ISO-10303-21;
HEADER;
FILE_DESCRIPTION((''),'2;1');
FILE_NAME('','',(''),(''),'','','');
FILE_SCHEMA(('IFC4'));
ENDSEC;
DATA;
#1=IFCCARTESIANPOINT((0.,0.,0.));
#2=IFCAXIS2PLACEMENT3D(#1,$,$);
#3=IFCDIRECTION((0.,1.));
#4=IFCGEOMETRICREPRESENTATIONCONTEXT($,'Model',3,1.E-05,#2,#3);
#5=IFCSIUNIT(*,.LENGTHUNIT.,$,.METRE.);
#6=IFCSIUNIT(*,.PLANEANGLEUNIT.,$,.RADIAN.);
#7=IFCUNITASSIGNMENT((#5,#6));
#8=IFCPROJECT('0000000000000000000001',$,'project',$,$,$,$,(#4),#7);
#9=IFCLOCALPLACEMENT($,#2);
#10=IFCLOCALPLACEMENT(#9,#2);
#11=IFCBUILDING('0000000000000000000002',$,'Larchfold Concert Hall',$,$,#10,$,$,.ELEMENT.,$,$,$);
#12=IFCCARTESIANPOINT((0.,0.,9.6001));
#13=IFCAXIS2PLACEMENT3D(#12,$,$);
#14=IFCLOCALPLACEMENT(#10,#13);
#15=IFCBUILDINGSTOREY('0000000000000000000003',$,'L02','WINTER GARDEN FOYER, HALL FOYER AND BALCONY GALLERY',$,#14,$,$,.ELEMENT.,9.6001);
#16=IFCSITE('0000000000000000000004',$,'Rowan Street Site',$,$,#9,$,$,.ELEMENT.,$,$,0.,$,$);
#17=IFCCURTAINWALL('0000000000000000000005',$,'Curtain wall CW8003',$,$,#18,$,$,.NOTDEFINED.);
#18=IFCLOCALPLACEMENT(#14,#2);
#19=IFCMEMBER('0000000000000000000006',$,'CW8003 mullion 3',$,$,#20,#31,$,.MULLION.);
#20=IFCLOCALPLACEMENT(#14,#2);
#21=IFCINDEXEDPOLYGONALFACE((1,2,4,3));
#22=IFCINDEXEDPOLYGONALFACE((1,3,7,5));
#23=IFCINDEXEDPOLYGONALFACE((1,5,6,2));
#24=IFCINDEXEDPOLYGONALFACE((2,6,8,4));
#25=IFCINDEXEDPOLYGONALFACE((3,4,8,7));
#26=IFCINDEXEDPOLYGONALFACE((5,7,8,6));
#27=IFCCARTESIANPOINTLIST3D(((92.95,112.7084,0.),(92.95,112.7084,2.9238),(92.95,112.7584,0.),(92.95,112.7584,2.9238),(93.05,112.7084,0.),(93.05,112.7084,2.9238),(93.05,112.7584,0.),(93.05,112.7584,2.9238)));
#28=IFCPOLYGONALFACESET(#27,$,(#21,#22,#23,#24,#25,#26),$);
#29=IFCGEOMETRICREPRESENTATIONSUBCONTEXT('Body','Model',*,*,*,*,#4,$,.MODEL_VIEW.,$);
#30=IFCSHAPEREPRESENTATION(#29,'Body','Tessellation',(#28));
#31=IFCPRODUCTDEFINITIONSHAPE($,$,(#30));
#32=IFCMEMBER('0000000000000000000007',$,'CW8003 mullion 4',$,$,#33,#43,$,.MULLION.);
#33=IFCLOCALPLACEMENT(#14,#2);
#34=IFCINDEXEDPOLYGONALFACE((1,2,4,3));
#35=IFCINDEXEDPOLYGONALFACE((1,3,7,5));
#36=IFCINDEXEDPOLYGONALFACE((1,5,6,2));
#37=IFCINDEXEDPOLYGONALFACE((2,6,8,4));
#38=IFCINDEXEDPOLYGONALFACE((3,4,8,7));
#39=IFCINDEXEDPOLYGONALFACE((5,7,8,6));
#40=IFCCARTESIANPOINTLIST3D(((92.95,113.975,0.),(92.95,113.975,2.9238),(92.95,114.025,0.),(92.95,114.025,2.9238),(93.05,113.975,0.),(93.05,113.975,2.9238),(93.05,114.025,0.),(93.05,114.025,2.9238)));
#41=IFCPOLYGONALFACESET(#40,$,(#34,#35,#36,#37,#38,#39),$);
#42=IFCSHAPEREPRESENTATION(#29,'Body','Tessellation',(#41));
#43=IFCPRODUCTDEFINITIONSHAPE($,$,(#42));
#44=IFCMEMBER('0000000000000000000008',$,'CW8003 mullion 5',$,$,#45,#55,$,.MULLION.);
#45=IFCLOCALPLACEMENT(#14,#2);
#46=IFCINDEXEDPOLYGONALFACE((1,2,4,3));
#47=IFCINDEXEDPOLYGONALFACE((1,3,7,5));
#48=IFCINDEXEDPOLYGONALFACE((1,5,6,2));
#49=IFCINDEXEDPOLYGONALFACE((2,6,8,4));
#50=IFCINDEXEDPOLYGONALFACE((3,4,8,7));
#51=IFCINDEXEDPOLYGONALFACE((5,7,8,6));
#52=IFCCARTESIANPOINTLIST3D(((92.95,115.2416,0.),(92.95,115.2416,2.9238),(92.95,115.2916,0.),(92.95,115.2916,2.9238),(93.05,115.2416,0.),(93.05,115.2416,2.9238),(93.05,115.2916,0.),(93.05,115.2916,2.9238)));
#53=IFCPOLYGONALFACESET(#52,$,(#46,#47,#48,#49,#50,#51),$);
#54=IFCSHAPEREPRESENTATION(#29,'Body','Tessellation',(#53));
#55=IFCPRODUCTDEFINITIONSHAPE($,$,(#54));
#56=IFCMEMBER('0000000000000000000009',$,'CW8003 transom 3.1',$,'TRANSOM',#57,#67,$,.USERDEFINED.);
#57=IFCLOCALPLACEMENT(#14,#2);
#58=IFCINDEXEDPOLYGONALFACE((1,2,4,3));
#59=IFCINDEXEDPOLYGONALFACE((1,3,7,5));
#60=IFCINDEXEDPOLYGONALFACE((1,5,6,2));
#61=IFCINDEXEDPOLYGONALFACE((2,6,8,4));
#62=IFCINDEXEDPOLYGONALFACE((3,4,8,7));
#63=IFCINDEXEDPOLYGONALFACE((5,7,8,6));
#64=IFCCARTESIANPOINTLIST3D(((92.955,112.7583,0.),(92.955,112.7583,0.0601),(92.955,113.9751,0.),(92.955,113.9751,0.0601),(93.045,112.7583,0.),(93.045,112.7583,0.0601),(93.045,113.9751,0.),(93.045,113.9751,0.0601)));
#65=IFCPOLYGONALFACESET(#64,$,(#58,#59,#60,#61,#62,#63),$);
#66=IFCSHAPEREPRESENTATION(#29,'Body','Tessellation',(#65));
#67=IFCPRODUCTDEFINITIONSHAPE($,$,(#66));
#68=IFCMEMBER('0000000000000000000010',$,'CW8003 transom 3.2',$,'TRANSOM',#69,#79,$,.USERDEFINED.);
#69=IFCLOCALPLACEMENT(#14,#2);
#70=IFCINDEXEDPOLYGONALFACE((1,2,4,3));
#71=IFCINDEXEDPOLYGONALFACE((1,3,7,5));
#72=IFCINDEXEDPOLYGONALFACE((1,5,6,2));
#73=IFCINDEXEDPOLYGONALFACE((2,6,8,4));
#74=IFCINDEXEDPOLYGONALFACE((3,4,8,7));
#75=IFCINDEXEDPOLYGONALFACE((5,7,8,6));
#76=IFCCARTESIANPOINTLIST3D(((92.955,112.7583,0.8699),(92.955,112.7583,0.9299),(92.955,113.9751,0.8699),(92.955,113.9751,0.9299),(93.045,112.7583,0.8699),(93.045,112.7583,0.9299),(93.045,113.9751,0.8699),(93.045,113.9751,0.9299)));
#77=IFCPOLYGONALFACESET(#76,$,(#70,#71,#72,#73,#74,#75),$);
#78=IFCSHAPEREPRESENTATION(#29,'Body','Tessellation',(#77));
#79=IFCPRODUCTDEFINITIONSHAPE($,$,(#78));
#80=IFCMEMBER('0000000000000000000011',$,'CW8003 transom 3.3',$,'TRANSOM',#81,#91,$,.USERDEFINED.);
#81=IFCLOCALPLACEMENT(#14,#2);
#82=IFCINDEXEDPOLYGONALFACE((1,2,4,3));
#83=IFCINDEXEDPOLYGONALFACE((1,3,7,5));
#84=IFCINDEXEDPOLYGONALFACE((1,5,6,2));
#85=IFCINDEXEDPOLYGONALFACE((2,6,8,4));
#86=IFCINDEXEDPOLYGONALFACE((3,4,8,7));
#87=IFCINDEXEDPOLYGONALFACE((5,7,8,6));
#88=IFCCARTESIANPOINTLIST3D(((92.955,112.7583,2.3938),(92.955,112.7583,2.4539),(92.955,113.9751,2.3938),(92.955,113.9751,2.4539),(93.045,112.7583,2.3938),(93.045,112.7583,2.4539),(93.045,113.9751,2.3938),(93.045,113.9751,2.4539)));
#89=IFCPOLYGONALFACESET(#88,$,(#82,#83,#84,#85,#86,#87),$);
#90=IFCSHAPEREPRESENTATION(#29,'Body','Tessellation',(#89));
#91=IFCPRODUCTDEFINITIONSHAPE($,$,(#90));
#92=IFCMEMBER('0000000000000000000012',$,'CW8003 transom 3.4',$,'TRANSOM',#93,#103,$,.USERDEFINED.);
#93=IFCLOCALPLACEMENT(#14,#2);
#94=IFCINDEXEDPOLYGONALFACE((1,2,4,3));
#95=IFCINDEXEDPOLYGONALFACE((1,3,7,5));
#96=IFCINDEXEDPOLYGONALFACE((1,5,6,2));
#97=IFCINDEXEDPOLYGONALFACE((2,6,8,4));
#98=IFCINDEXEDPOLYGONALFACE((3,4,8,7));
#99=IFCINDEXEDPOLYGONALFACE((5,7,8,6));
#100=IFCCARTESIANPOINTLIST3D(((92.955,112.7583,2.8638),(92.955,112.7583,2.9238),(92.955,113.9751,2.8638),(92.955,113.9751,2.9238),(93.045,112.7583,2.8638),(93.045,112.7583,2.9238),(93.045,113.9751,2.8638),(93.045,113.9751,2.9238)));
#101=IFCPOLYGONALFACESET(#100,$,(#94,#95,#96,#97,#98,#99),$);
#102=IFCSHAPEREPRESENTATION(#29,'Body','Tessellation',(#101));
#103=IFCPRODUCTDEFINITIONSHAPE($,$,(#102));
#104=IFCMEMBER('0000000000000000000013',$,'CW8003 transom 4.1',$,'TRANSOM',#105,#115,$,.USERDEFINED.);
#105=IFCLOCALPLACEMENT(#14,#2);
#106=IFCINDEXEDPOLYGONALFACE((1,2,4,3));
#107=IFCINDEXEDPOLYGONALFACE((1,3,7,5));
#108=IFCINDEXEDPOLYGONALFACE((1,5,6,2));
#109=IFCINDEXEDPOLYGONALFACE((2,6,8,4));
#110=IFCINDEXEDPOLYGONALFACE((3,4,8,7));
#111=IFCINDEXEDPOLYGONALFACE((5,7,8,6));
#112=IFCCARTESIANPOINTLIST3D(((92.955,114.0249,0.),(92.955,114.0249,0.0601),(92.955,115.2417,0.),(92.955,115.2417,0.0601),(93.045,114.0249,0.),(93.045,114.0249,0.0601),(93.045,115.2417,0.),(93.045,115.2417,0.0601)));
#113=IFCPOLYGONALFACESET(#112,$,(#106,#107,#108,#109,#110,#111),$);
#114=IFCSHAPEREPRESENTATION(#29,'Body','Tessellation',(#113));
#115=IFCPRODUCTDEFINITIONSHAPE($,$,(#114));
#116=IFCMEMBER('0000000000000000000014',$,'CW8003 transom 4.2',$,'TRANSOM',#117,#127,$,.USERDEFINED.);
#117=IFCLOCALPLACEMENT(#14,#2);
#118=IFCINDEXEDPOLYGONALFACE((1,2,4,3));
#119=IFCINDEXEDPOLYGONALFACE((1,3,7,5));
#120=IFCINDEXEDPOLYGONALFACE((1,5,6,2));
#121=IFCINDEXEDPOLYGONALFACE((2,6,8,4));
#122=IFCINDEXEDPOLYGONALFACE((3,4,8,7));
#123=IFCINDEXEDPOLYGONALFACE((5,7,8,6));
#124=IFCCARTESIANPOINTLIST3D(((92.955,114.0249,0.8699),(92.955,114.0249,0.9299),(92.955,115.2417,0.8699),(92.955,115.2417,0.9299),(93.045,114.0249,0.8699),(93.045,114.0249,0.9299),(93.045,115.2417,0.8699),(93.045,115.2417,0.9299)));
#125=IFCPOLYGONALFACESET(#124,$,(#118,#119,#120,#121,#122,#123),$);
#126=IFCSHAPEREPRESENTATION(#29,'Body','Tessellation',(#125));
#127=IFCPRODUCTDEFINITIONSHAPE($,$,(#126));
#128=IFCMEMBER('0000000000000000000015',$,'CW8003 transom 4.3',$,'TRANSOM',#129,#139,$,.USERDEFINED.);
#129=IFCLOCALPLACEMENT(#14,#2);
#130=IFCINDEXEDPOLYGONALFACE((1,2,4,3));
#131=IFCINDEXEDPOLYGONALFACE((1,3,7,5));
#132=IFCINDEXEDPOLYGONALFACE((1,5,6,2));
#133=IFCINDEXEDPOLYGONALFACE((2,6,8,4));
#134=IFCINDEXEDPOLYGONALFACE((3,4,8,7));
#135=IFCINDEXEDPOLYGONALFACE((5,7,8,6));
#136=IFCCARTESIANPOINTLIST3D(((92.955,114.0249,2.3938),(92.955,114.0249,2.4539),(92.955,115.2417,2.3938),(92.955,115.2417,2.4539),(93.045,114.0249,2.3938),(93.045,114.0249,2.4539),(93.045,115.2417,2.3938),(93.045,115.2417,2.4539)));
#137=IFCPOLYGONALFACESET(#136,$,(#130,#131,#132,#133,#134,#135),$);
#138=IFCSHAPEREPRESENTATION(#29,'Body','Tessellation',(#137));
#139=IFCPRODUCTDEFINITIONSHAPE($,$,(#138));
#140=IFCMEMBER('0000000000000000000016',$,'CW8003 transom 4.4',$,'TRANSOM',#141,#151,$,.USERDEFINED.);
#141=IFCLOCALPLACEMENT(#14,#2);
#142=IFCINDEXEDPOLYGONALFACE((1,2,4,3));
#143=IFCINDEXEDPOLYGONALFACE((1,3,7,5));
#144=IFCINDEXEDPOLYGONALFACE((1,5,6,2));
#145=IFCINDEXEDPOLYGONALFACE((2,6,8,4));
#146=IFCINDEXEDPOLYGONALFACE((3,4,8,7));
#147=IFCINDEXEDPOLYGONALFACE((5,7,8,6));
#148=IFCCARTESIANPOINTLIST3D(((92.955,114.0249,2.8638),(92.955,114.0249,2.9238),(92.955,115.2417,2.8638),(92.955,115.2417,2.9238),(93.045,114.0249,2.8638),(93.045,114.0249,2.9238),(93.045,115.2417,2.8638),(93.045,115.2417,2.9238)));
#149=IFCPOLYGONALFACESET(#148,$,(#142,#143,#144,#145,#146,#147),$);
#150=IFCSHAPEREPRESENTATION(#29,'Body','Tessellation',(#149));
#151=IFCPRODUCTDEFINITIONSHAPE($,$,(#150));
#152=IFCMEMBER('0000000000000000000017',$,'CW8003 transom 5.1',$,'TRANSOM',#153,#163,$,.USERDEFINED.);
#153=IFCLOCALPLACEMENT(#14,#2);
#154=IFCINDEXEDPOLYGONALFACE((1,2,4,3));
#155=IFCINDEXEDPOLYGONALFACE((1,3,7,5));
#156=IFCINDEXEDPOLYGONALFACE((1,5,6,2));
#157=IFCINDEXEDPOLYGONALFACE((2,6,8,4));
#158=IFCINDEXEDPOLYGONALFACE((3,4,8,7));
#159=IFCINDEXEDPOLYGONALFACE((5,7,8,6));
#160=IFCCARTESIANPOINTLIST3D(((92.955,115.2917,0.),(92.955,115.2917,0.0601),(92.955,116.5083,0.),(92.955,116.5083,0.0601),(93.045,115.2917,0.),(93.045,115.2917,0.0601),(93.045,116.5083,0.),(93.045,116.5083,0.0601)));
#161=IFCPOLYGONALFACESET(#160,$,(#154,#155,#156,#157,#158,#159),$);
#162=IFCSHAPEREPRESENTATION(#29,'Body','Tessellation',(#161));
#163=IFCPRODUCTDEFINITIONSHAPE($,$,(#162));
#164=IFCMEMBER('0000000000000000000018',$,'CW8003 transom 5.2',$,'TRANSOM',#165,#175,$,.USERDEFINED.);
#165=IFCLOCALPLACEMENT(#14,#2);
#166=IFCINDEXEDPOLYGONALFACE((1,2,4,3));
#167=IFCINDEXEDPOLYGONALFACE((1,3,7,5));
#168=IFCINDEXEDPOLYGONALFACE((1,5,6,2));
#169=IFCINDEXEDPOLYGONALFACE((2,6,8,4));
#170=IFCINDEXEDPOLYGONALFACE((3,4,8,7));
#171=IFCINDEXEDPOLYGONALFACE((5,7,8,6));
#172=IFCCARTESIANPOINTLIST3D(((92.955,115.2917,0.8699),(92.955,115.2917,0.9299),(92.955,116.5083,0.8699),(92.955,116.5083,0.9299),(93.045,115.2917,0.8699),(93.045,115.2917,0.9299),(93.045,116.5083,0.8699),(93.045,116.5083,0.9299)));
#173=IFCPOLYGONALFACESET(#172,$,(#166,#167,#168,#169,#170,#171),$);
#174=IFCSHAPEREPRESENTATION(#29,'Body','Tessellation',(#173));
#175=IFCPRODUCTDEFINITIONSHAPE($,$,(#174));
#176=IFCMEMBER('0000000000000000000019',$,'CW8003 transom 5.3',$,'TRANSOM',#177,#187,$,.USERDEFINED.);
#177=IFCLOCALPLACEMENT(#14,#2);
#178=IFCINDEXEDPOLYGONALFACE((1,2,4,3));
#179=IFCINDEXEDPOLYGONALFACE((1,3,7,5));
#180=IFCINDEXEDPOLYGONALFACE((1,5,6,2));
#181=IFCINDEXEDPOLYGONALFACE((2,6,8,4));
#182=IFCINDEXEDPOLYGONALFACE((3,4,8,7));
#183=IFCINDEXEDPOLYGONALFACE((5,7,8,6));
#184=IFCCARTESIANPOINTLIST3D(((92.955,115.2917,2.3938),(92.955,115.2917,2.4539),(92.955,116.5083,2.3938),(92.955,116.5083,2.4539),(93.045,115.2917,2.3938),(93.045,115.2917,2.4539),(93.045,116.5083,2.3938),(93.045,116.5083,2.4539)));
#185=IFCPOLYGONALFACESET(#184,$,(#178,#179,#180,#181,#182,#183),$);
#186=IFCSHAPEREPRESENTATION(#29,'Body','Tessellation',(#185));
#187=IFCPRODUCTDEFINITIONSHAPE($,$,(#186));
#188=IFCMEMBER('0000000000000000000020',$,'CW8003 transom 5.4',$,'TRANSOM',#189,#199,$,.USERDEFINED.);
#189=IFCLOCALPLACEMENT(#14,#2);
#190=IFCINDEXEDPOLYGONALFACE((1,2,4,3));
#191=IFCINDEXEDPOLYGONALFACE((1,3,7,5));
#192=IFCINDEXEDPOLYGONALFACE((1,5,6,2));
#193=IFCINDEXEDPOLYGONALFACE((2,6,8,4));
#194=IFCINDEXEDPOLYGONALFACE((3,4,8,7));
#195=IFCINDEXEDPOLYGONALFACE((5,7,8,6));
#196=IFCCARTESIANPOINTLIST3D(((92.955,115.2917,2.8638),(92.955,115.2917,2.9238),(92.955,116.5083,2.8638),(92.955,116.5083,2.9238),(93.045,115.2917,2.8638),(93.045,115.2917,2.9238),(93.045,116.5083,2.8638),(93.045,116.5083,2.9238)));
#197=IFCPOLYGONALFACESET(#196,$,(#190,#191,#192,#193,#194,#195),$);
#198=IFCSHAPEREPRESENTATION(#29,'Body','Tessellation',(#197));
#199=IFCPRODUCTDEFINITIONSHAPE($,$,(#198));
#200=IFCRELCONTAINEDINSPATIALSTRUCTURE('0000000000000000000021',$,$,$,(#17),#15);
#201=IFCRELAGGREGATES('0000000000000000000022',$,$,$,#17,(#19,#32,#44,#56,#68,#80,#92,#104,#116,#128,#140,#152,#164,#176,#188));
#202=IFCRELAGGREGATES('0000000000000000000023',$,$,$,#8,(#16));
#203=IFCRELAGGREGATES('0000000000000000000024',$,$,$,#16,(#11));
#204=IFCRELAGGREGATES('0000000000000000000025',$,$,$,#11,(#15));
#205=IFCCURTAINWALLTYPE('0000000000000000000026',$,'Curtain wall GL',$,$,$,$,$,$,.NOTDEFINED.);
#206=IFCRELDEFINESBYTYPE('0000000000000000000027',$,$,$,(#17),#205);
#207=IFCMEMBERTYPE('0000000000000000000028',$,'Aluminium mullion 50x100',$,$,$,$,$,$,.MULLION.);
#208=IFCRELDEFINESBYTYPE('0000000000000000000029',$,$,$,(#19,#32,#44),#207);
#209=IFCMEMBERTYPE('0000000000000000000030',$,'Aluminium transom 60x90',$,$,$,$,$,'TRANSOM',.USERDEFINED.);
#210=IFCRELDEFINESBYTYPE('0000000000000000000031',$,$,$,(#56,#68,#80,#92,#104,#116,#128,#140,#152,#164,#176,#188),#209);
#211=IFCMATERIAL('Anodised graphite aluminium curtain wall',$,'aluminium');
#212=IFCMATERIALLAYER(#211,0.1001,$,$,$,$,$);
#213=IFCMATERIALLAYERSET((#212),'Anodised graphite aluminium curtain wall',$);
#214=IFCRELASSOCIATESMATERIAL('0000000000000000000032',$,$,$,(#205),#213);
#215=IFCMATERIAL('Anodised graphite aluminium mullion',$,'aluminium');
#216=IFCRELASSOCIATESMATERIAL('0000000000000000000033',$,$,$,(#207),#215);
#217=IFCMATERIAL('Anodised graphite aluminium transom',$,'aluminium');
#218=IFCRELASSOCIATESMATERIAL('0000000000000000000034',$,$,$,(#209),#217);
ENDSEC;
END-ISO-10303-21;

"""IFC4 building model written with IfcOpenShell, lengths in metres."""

from ifc_helpers import new_model, si_unit, direction, frame, origin, origin_2d, place, context, subcontext, project, spatial, rectangle, extrude, material, layer, layer_set, material_profile, profile_set, type_object, element, aggregate, save


model = new_model("IFC4")

# Units and contexts
model_context = context("Model", 3, precision=1e-05, world=origin(), true_north=direction((0.0, 1.0)))
body_context = subcontext(model_context, "Body", "Model", "MODEL_VIEW")
ifc_project = project(units=[si_unit("LENGTHUNIT", "METRE"), si_unit("PLANEANGLEUNIT", "RADIAN")], contexts=[model_context])

# Site, building, storey
site_placement = place(None, origin())
site = spatial("IfcSite", under=ifc_project, at=site_placement, Name="Rowan Street Site", CompositionType="ELEMENT", RefElevation=0.0)
building_placement = place(site_placement, origin())
building = spatial("IfcBuilding", under=site, at=building_placement, Name="Larchfold Concert Hall", CompositionType="ELEMENT")
storey_placement = place(building_placement, frame((0.0, 0.0, 9.6001)))
storey = spatial("IfcBuildingStorey", under=building, at=storey_placement, Name="L02", Description="WINTER GARDEN FOYER, HALL FOYER AND BALCONY GALLERY", CompositionType="ELEMENT", Elevation=9.6001)

# Curtain wall, members
ifc_material_1 = material(Name="Anodised graphite aluminium curtain wall", Category="aluminium")
ifc_layer_1 = layer(ifc_material_1, 0.1001)
ifc_layer_set_1 = layer_set([ifc_layer_1], Name="Anodised graphite aluminium curtain wall")
curtain_wall_type = type_object("IfcCurtainWallType", Name="Curtain wall GL", PredefinedType="NOTDEFINED", material=ifc_layer_set_1)
curtain_wall_placement = place(storey_placement, origin())
curtain_wall = element("IfcCurtainWall", 1, at=curtain_wall_placement, inside=storey, type_object=curtain_wall_type, Name="Curtain wall CW8003", PredefinedType="NOTDEFINED")
ifc_material_2 = material(Name="Anodised graphite aluminium mullion", Category="aluminium")
ifc_material_profile_1 = material_profile(ifc_material_2, rectangle(XDim=0.1001, YDim=0.05, at=origin_2d()))
ifc_profile_set_1 = profile_set([ifc_material_profile_1], Name="Anodised graphite aluminium mullion")
member_type_1 = type_object("IfcMemberType", Name="Aluminium mullion 50x100", PredefinedType="MULLION", material=ifc_profile_set_1)
member_1_placement = place(storey_placement, frame((93.0, 112.7334, 0.0), z_axis=(0.0, 0.0, 1.0), x_axis=(-1.0, 0.0, 0.0)))
member_1 = element("IfcMember", 2, at=member_1_placement, type_object=member_type_1, Name="CW8003 mullion 3", PredefinedType="MULLION", context=body_context, shape_type="SweptSolid", body=[
    extrude(rectangle(XDim=0.1001, YDim=0.05, at=origin_2d()), origin(), (0.0, 0.0, 1.0), 2.9238),
])
member_2_placement = place(storey_placement, frame((93.0, 114.0, 0.0), z_axis=(0.0, 0.0, 1.0), x_axis=(-1.0, 0.0, 0.0)))
member_2 = element("IfcMember", 3, at=member_2_placement, type_object=member_type_1, Name="CW8003 mullion 4", PredefinedType="MULLION", context=body_context, shape_type="SweptSolid", body=[
    extrude(rectangle(XDim=0.1001, YDim=0.05, at=origin_2d()), origin(), (0.0, 0.0, 1.0), 2.9238),
])
member_3_placement = place(storey_placement, frame((93.0, 115.2666, 0.0), z_axis=(0.0, 0.0, 1.0), x_axis=(-1.0, 0.0, 0.0)))
member_3 = element("IfcMember", 4, at=member_3_placement, type_object=member_type_1, Name="CW8003 mullion 5", PredefinedType="MULLION", context=body_context, shape_type="SweptSolid", body=[
    extrude(rectangle(XDim=0.1001, YDim=0.05, at=origin_2d()), origin(), (0.0, 0.0, 1.0), 2.9238),
])
ifc_material_3 = material(Name="Anodised graphite aluminium transom", Category="aluminium")
ifc_material_profile_2 = material_profile(ifc_material_3, rectangle(XDim=0.0901, YDim=0.0601, at=origin_2d()))
ifc_profile_set_2 = profile_set([ifc_material_profile_2], Name="Anodised graphite aluminium transom")
member_type_2 = type_object("IfcMemberType", Name="Aluminium transom 60x90", ElementType="TRANSOM", PredefinedType="USERDEFINED", material=ifc_profile_set_2)
member_4_placement = place(storey_placement, frame((93.0, 112.7583, 0.03), z_axis=(0.0, 1.0, 0.0), x_axis=(-1.0, 0.0, 0.0)))
member_4 = element("IfcMember", 5, at=member_4_placement, type_object=member_type_2, Name="CW8003 transom 3.1", ObjectType="TRANSOM", PredefinedType="USERDEFINED", context=body_context, shape_type="SweptSolid", body=[
    extrude(rectangle(XDim=0.0901, YDim=0.0601, at=origin_2d()), origin(), (0.0, 0.0, 1.0), 1.2168),
])
member_5_placement = place(storey_placement, frame((93.0, 112.7583, 0.8999), z_axis=(0.0, 1.0, 0.0), x_axis=(-1.0, 0.0, 0.0)))
member_5 = element("IfcMember", 6, at=member_5_placement, type_object=member_type_2, Name="CW8003 transom 3.2", ObjectType="TRANSOM", PredefinedType="USERDEFINED", context=body_context, shape_type="SweptSolid", body=[
    extrude(rectangle(XDim=0.0901, YDim=0.0601, at=origin_2d()), origin(), (0.0, 0.0, 1.0), 1.2168),
])
member_6_placement = place(storey_placement, frame((93.0, 112.7583, 2.4238), z_axis=(0.0, 1.0, 0.0), x_axis=(-1.0, 0.0, 0.0)))
member_6 = element("IfcMember", 7, at=member_6_placement, type_object=member_type_2, Name="CW8003 transom 3.3", ObjectType="TRANSOM", PredefinedType="USERDEFINED", context=body_context, shape_type="SweptSolid", body=[
    extrude(rectangle(XDim=0.0901, YDim=0.0601, at=origin_2d()), origin(), (0.0, 0.0, 1.0), 1.2168),
])
member_7_placement = place(storey_placement, frame((93.0, 112.7583, 2.8938), z_axis=(0.0, 1.0, 0.0), x_axis=(-1.0, 0.0, 0.0)))
member_7 = element("IfcMember", 8, at=member_7_placement, type_object=member_type_2, Name="CW8003 transom 3.4", ObjectType="TRANSOM", PredefinedType="USERDEFINED", context=body_context, shape_type="SweptSolid", body=[
    extrude(rectangle(XDim=0.0901, YDim=0.0601, at=origin_2d()), origin(), (0.0, 0.0, 1.0), 1.2168),
])
member_8_placement = place(storey_placement, frame((93.0, 114.0249, 0.03), z_axis=(0.0, 1.0, 0.0), x_axis=(-1.0, 0.0, 0.0)))
member_8 = element("IfcMember", 9, at=member_8_placement, type_object=member_type_2, Name="CW8003 transom 4.1", ObjectType="TRANSOM", PredefinedType="USERDEFINED", context=body_context, shape_type="SweptSolid", body=[
    extrude(rectangle(XDim=0.0901, YDim=0.0601, at=origin_2d()), origin(), (0.0, 0.0, 1.0), 1.2168),
])
member_9_placement = place(storey_placement, frame((93.0, 114.0249, 0.8999), z_axis=(0.0, 1.0, 0.0), x_axis=(-1.0, 0.0, 0.0)))
member_9 = element("IfcMember", 10, at=member_9_placement, type_object=member_type_2, Name="CW8003 transom 4.2", ObjectType="TRANSOM", PredefinedType="USERDEFINED", context=body_context, shape_type="SweptSolid", body=[
    extrude(rectangle(XDim=0.0901, YDim=0.0601, at=origin_2d()), origin(), (0.0, 0.0, 1.0), 1.2168),
])
member_10_placement = place(storey_placement, frame((93.0, 114.0249, 2.4238), z_axis=(0.0, 1.0, 0.0), x_axis=(-1.0, 0.0, 0.0)))
member_10 = element("IfcMember", 11, at=member_10_placement, type_object=member_type_2, Name="CW8003 transom 4.3", ObjectType="TRANSOM", PredefinedType="USERDEFINED", context=body_context, shape_type="SweptSolid", body=[
    extrude(rectangle(XDim=0.0901, YDim=0.0601, at=origin_2d()), origin(), (0.0, 0.0, 1.0), 1.2168),
])
member_11_placement = place(storey_placement, frame((93.0, 114.0249, 2.8938), z_axis=(0.0, 1.0, 0.0), x_axis=(-1.0, 0.0, 0.0)))
member_11 = element("IfcMember", 12, at=member_11_placement, type_object=member_type_2, Name="CW8003 transom 4.4", ObjectType="TRANSOM", PredefinedType="USERDEFINED", context=body_context, shape_type="SweptSolid", body=[
    extrude(rectangle(XDim=0.0901, YDim=0.0601, at=origin_2d()), origin(), (0.0, 0.0, 1.0), 1.2168),
])
member_12_placement = place(storey_placement, frame((93.0, 115.2917, 0.03), z_axis=(0.0, 1.0, 0.0), x_axis=(-1.0, 0.0, 0.0)))
member_12 = element("IfcMember", 13, at=member_12_placement, type_object=member_type_2, Name="CW8003 transom 5.1", ObjectType="TRANSOM", PredefinedType="USERDEFINED", context=body_context, shape_type="SweptSolid", body=[
    extrude(rectangle(XDim=0.0901, YDim=0.0601, at=origin_2d()), origin(), (0.0, 0.0, 1.0), 1.2166),
])
member_13_placement = place(storey_placement, frame((93.0, 115.2917, 0.8999), z_axis=(0.0, 1.0, 0.0), x_axis=(-1.0, 0.0, 0.0)))
member_13 = element("IfcMember", 14, at=member_13_placement, type_object=member_type_2, Name="CW8003 transom 5.2", ObjectType="TRANSOM", PredefinedType="USERDEFINED", context=body_context, shape_type="SweptSolid", body=[
    extrude(rectangle(XDim=0.0901, YDim=0.0601, at=origin_2d()), origin(), (0.0, 0.0, 1.0), 1.2166),
])
member_14_placement = place(storey_placement, frame((93.0, 115.2917, 2.4238), z_axis=(0.0, 1.0, 0.0), x_axis=(-1.0, 0.0, 0.0)))
member_14 = element("IfcMember", 15, at=member_14_placement, type_object=member_type_2, Name="CW8003 transom 5.3", ObjectType="TRANSOM", PredefinedType="USERDEFINED", context=body_context, shape_type="SweptSolid", body=[
    extrude(rectangle(XDim=0.0901, YDim=0.0601, at=origin_2d()), origin(), (0.0, 0.0, 1.0), 1.2166),
])
member_15_placement = place(storey_placement, frame((93.0, 115.2917, 2.8938), z_axis=(0.0, 1.0, 0.0), x_axis=(-1.0, 0.0, 0.0)))
member_15 = element("IfcMember", 16, at=member_15_placement, type_object=member_type_2, Name="CW8003 transom 5.4", ObjectType="TRANSOM", PredefinedType="USERDEFINED", context=body_context, shape_type="SweptSolid", body=[
    extrude(rectangle(XDim=0.0901, YDim=0.0601, at=origin_2d()), origin(), (0.0, 0.0, 1.0), 1.2166),
])

aggregate(curtain_wall, [member_1, member_2, member_3, member_4, member_5, member_6, member_7, member_8, member_9, member_10, member_11, member_12, member_13, member_14, member_15])

save(model, "model.ifc")
